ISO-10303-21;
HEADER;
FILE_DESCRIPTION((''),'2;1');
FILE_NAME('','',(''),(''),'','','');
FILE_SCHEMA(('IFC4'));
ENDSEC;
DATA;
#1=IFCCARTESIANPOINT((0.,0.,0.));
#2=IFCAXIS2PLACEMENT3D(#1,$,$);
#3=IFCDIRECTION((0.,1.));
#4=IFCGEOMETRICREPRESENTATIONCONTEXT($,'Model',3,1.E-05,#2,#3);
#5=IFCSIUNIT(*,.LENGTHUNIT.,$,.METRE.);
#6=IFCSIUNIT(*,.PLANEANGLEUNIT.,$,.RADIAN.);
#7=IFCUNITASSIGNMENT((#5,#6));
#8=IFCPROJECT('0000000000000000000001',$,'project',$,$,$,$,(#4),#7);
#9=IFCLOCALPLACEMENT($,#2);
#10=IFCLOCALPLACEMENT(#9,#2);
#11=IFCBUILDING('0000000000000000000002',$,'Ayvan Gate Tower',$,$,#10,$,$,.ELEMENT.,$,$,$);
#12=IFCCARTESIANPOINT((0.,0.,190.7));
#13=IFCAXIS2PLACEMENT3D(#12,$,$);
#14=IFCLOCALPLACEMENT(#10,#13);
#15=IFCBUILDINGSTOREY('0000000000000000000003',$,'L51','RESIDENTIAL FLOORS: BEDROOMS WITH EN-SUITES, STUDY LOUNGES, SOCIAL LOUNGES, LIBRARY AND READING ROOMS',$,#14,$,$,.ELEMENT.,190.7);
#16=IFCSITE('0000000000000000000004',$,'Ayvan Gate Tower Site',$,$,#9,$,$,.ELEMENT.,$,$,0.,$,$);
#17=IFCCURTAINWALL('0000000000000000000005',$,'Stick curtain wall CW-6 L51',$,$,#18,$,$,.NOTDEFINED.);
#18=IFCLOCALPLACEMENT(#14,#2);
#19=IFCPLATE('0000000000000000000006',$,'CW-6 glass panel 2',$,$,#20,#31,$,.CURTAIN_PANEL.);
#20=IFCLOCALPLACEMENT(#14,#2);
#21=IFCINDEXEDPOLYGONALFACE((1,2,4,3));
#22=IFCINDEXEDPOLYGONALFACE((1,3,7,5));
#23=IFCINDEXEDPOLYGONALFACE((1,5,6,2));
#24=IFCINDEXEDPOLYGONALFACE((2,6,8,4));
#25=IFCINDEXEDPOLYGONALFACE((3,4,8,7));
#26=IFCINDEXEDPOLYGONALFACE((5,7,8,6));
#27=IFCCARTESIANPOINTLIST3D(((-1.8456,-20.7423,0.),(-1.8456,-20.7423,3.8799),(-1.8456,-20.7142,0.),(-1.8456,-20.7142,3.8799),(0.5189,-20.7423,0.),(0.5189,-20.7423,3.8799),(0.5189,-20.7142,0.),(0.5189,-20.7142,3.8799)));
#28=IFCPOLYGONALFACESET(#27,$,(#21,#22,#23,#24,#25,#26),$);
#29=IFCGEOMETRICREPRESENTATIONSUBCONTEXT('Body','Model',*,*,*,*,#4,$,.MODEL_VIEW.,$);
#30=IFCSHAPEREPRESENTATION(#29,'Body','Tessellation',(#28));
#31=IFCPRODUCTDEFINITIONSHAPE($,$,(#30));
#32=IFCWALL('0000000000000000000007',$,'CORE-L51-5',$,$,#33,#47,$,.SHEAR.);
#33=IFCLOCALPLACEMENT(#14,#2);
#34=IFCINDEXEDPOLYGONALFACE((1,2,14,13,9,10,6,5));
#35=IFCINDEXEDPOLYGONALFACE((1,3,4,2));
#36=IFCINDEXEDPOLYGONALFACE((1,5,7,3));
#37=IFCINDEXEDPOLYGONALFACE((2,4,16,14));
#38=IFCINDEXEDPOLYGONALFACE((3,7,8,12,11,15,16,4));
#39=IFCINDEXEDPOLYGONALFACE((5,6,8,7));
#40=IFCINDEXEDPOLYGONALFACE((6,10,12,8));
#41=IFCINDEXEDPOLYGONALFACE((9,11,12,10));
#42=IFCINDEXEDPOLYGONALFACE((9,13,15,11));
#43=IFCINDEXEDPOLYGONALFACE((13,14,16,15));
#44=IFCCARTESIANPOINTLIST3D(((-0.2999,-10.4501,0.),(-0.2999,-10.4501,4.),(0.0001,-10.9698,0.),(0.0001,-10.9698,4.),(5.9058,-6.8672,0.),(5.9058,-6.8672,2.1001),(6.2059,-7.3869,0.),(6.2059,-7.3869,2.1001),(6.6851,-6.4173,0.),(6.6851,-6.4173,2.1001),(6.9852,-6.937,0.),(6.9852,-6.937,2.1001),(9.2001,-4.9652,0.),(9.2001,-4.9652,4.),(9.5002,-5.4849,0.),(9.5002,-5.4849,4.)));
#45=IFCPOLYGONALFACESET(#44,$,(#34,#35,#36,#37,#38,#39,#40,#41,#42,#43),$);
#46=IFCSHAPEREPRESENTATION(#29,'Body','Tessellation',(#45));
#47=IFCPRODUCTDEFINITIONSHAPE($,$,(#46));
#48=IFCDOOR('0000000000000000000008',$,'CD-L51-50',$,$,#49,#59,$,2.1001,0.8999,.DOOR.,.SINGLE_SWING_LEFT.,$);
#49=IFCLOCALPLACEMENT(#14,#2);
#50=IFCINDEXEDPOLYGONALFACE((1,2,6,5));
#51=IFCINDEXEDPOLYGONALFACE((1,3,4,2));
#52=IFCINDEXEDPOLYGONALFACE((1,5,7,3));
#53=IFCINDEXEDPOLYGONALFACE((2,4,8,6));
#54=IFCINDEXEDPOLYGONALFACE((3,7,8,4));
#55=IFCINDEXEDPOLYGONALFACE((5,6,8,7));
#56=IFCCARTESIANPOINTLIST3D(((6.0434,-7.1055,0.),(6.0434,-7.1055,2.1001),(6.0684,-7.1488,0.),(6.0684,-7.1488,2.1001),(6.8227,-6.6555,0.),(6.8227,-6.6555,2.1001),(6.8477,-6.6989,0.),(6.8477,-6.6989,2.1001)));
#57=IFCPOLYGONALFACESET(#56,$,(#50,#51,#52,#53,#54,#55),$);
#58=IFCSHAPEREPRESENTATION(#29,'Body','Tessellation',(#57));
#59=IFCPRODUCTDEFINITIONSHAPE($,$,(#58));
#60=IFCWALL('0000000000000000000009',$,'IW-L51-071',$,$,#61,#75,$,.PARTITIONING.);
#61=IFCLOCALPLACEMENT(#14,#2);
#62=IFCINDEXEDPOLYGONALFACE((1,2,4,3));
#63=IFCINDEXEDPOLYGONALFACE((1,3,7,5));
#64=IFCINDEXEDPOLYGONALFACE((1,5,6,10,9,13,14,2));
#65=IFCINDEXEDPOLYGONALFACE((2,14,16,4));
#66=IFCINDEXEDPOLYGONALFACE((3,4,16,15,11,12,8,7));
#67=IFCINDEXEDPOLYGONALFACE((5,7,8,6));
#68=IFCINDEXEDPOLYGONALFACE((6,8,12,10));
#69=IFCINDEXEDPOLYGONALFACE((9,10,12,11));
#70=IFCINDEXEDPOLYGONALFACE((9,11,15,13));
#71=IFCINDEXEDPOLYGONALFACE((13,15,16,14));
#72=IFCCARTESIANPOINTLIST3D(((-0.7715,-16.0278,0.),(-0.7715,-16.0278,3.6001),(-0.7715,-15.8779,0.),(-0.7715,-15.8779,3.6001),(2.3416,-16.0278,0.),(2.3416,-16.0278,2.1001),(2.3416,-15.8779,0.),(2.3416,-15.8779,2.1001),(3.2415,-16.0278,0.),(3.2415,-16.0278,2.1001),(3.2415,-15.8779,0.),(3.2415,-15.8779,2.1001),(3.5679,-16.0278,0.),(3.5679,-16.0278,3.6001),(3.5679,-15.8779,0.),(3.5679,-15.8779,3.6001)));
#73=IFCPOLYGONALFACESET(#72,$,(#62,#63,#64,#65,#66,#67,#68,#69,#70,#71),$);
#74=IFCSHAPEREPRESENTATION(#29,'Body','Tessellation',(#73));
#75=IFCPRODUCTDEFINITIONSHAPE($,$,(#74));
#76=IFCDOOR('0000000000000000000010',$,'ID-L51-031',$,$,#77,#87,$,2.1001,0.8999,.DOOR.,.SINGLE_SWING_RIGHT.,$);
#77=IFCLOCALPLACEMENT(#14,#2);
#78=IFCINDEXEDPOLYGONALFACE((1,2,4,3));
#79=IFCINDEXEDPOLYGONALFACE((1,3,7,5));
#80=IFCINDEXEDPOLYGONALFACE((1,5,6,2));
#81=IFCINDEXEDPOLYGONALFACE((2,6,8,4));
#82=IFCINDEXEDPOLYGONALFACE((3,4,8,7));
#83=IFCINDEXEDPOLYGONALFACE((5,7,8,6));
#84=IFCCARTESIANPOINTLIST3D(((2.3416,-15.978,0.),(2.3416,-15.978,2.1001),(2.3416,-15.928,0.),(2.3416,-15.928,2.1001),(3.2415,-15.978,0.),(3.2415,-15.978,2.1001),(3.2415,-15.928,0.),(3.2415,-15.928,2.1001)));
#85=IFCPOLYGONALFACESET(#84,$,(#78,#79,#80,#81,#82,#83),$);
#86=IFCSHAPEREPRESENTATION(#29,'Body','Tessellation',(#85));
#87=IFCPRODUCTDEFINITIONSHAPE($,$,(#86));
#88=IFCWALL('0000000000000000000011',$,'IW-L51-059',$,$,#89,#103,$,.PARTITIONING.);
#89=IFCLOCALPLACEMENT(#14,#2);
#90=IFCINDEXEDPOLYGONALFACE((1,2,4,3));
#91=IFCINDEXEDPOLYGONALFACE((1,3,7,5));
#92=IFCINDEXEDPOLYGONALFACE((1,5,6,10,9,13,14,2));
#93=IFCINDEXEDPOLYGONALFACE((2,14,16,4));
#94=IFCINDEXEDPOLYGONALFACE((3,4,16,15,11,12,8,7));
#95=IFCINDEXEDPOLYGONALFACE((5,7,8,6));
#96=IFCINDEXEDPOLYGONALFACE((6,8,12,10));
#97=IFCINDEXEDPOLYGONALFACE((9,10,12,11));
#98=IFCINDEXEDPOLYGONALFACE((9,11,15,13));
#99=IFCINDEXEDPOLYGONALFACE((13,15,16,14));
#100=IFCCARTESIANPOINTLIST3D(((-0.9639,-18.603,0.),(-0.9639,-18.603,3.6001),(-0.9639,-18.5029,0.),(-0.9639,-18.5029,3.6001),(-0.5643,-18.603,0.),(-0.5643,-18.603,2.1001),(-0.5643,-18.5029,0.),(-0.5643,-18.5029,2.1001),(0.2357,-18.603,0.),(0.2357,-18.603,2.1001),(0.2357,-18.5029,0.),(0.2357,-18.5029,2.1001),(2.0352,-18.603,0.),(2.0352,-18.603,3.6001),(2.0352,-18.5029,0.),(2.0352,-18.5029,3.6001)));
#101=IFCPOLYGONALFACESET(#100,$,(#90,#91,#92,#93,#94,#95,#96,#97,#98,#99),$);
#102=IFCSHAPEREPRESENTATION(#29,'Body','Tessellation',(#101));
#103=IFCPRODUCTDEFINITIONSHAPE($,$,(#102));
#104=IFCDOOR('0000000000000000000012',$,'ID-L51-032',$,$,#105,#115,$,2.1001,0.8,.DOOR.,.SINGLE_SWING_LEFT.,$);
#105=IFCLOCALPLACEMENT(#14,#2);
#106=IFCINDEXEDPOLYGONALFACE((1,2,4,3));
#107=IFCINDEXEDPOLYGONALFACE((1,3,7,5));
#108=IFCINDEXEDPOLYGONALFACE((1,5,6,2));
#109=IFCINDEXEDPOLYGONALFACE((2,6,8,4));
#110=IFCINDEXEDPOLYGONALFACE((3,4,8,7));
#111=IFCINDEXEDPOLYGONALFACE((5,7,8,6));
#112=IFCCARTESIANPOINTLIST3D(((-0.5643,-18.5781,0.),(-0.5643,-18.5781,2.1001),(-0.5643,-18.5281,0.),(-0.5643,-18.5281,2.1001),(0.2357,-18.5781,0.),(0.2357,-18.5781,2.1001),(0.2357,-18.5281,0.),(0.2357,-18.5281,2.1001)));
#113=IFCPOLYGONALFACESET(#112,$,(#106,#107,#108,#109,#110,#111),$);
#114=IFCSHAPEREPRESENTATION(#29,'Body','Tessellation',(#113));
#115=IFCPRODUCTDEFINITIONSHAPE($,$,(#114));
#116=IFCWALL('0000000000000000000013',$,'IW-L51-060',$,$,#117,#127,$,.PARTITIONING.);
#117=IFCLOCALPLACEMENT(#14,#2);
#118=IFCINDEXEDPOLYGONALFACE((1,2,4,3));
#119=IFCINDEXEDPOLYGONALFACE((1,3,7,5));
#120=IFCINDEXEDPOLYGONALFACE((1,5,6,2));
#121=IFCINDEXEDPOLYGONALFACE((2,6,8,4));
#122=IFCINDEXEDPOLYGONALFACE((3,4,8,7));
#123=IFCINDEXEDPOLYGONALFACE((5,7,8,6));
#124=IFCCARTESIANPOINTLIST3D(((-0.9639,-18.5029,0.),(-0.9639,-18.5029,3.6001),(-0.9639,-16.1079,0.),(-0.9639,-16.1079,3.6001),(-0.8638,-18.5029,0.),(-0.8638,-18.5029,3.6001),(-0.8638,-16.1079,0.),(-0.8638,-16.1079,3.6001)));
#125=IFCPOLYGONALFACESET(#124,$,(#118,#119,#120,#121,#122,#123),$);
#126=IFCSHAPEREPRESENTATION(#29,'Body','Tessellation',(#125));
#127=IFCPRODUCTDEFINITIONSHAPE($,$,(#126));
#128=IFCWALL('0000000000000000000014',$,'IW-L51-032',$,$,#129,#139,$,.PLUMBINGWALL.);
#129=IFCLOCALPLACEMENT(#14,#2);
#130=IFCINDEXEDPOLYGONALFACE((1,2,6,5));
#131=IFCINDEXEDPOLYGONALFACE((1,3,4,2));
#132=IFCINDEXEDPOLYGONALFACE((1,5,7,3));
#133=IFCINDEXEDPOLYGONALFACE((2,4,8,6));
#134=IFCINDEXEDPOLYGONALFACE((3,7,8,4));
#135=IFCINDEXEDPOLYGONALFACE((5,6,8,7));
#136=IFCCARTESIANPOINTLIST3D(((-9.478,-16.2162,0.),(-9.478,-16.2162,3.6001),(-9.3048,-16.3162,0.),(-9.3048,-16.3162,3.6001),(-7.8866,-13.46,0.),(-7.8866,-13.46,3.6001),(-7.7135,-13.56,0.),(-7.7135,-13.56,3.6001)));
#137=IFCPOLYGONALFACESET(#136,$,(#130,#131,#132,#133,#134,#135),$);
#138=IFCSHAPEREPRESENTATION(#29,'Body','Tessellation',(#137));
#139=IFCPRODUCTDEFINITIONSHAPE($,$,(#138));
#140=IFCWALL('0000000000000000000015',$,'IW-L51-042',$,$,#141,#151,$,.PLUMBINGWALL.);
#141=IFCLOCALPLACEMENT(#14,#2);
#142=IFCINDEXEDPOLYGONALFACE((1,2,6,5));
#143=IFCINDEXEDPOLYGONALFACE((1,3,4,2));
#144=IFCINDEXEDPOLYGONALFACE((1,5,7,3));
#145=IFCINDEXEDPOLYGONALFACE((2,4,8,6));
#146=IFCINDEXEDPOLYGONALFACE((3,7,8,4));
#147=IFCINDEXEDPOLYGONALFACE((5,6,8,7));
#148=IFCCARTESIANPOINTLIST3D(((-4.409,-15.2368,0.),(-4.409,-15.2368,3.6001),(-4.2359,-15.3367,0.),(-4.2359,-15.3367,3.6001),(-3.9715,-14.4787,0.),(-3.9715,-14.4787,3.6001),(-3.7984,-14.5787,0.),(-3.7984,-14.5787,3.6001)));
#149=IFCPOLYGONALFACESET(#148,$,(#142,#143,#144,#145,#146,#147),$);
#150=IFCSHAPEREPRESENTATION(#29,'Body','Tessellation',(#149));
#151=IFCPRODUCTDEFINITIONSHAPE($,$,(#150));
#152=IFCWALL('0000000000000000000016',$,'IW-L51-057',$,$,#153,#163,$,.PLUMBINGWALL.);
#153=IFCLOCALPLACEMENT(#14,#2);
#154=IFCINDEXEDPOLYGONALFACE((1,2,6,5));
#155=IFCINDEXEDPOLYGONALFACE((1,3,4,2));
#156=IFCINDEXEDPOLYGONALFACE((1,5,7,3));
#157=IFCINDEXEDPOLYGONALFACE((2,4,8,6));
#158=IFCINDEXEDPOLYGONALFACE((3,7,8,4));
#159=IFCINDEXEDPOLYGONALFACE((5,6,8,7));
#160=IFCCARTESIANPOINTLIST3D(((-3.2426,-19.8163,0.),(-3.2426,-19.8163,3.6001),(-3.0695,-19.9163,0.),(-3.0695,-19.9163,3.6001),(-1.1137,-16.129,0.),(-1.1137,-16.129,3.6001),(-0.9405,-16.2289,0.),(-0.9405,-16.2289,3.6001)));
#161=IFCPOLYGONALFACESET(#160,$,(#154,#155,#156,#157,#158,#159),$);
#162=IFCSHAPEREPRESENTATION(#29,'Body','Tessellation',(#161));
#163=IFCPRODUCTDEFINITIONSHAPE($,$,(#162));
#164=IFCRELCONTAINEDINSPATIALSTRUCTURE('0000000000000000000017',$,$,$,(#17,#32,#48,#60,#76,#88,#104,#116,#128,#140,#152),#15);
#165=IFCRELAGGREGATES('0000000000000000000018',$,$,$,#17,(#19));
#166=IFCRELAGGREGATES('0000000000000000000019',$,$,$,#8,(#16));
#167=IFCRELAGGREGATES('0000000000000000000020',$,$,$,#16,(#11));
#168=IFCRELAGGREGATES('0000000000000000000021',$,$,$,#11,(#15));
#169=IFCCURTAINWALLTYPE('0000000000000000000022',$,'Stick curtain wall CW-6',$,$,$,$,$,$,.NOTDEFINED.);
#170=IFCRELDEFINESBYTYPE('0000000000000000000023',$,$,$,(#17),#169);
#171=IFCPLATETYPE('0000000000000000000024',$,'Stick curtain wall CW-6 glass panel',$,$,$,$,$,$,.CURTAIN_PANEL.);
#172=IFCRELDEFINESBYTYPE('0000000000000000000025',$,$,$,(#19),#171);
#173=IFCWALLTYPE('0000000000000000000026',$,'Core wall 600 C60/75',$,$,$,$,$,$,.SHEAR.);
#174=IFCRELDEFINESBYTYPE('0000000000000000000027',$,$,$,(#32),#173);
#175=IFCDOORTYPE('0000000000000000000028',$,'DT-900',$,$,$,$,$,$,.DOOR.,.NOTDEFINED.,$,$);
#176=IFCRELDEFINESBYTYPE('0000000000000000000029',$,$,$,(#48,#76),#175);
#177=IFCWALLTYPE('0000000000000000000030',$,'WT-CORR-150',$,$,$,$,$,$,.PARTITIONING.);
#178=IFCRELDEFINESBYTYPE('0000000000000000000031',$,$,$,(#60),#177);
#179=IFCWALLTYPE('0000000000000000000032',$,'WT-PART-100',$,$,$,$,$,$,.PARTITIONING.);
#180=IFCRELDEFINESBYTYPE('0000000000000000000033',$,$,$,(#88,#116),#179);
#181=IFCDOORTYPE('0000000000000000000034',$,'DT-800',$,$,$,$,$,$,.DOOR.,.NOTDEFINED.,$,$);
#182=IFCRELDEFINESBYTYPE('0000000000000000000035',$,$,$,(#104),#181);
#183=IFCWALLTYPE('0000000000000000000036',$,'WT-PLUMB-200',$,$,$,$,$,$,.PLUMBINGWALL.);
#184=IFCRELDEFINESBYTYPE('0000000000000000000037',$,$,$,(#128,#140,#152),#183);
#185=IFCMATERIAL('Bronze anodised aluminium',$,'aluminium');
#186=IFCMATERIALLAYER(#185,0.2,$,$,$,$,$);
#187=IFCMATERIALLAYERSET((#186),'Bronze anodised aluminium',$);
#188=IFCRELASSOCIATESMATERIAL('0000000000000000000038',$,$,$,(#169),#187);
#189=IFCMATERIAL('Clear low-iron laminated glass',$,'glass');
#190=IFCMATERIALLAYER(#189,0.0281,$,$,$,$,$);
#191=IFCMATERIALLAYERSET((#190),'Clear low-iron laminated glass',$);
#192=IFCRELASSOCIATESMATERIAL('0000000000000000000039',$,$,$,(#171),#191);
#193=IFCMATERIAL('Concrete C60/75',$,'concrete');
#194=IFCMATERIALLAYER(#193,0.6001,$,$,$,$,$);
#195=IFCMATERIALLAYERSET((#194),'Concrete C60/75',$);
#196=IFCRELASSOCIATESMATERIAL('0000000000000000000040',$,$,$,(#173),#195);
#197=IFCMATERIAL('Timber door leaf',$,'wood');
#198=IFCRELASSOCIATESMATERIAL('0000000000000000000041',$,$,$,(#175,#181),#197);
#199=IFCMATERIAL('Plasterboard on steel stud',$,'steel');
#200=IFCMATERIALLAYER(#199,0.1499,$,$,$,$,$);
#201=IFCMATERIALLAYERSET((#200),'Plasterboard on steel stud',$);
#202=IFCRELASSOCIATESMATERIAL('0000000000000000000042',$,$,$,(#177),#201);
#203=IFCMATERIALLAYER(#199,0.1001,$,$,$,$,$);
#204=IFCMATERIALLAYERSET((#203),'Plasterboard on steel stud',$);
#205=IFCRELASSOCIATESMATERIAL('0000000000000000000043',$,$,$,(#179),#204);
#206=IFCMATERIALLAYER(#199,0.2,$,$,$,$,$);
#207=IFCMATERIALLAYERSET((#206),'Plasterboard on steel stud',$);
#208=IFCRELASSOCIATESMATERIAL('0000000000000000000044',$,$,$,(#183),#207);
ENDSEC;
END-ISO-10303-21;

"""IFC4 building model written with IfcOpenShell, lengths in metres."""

from ifc_helpers import new_model, si_unit, direction, frame, frame_2d, origin, origin_2d, place, context, subcontext, project, spatial, rectangle, extrude, material, layer, layer_set, type_object, element, fill, aggregate, save


model = new_model("IFC4")

# Units and contexts
model_context = context("Model", 3, precision=1e-05, world=origin(), true_north=direction((0.0, 1.0)))
body_context = subcontext(model_context, "Body", "Model", "MODEL_VIEW")
ifc_project = project(units=[si_unit("LENGTHUNIT", "METRE"), si_unit("PLANEANGLEUNIT", "RADIAN")], contexts=[model_context])

# Site, building, storey
site_placement = place(None, origin())
site = spatial("IfcSite", under=ifc_project, at=site_placement, Name="Ayvan Gate Tower Site", CompositionType="ELEMENT", RefElevation=0.0)
building_placement = place(site_placement, origin())
building = spatial("IfcBuilding", under=site, at=building_placement, Name="Ayvan Gate Tower", CompositionType="ELEMENT")
storey_placement = place(building_placement, frame((0.0, 0.0, 190.7)))
storey = spatial("IfcBuildingStorey", under=building, at=storey_placement, Name="L51", Description="RESIDENTIAL FLOORS: BEDROOMS WITH EN-SUITES, STUDY LOUNGES, SOCIAL LOUNGES, LIBRARY AND READING ROOMS", CompositionType="ELEMENT", Elevation=190.7)

# Curtain wall
ifc_material_1 = material(Name="Bronze anodised aluminium", Category="aluminium")
ifc_layer_1 = layer(ifc_material_1, 0.2)
ifc_layer_set_1 = layer_set([ifc_layer_1], Name="Bronze anodised aluminium")
curtain_wall_type_1 = type_object("IfcCurtainWallType", Name="Stick curtain wall CW-6", PredefinedType="NOTDEFINED", material=ifc_layer_set_1)
curtain_wall_1_placement = place(storey_placement, origin())
curtain_wall_1 = element("IfcCurtainWall", 1, at=curtain_wall_1_placement, inside=storey, type_object=curtain_wall_type_1, Name="Stick curtain wall CW-6 L51", PredefinedType="NOTDEFINED")

# Plate
ifc_material_2 = material(Name="Clear low-iron laminated glass", Category="glass")
ifc_layer_2 = layer(ifc_material_2, 0.0281)
ifc_layer_set_2 = layer_set([ifc_layer_2], Name="Clear low-iron laminated glass")
plate_type_1 = type_object("IfcPlateType", Name="Stick curtain wall CW-6 glass panel", PredefinedType="CURTAIN_PANEL", material=ifc_layer_set_2)
plate_1_placement = place(storey_placement, frame((-0.6633, -20.7283, 0.0), z_axis=(0.0, 0.0, 1.0), x_axis=(1.0, 0.0, 0.0)))
plate_1 = element("IfcPlate", 2, at=plate_1_placement, type_object=plate_type_1, Name="CW-6 glass panel 2", PredefinedType="CURTAIN_PANEL", context=body_context, shape_type="SweptSolid", body=[
    extrude(rectangle(XDim=2.3645, YDim=0.0281, at=origin_2d()), origin(), (0.0, 0.0, 1.0), 3.8799),
])
aggregate(curtain_wall_1, [plate_1])

# Walls, openings, doors
ifc_material_3 = material(Name="Concrete C60/75", Category="concrete")
ifc_layer_3 = layer(ifc_material_3, 0.6001)
ifc_layer_set_3 = layer_set([ifc_layer_3], Name="Concrete C60/75")
wall_type_1 = type_object("IfcWallType", Name="Core wall 600 C60/75", PredefinedType="SHEAR", material=ifc_layer_set_3)
wall_1_placement = place(storey_placement, frame((-0.1499, -10.71, 0.0), z_axis=(0.0, 0.0, 1.0), x_axis=(0.866024, 0.500002, 0.0)))
wall_1 = element("IfcWall", 3, at=wall_1_placement, inside=storey, type_object=wall_type_1, Name="CORE-L51-5", PredefinedType="SHEAR", context=body_context, shape_type="SweptSolid", body=[
    extrude(rectangle(XDim=10.9697, YDim=0.6001, at=frame_2d((5.4849, 0.0))), origin(), (0.0, 0.0, 1.0), 4.0),
])
opening_1_placement = place(wall_1_placement, frame((7.1658, 0.0, 0.0)))
opening_1 = element("IfcOpeningElement", 4, at=opening_1_placement, cuts=wall_1, PredefinedType="OPENING", context=body_context, shape_type="SweptSolid", body=[
    extrude(rectangle(XDim=0.8999, YDim=2.1001, at=frame_2d((0.45, 1.05))), frame((0.0, 0.3101, 0.0), z_axis=(0.0, -1.0, 0.0), x_axis=(1.0, 0.0, 0.0)), (0.0, 0.0, 1.0), 0.6201),
])
ifc_material_4 = material(Name="Timber door leaf", Category="wood")
door_type_1 = type_object("IfcDoorType", Name="DT-900", OperationType="NOTDEFINED", PredefinedType="DOOR", material=ifc_material_4)
door_1_placement = place(opening_1_placement, origin())
door_1 = element("IfcDoor", 5, at=door_1_placement, inside=storey, type_object=door_type_1, Name="CD-L51-50", OperationType="SINGLE_SWING_LEFT", OverallHeight=2.1001, OverallWidth=0.8999, PredefinedType="DOOR", context=body_context, shape_type="SweptSolid", body=[
    extrude(rectangle(XDim=0.8999, YDim=2.1001, at=frame_2d((0.45, 1.05))), frame((0.0, 0.0249, 0.0), z_axis=(0.0, -1.0, 0.0), x_axis=(1.0, 0.0, 0.0)), (0.0, 0.0, 1.0), 0.05),
])
fill(opening_1, door_1)
ifc_material_5 = material(Name="Plasterboard on steel stud", Category="steel")
ifc_layer_4 = layer(ifc_material_5, 0.1499)
ifc_layer_set_4 = layer_set([ifc_layer_4], Name="Plasterboard on steel stud")
wall_type_2 = type_object("IfcWallType", Name="WT-CORR-150", PredefinedType="PARTITIONING", material=ifc_layer_set_4)
wall_2_placement = place(storey_placement, frame((-0.7715, -15.9529, 0.0), z_axis=(0.0, 0.0, 1.0), x_axis=(1.0, 0.0, 0.0)))
wall_2 = element("IfcWall", 6, at=wall_2_placement, inside=storey, type_object=wall_type_2, Name="IW-L51-071", PredefinedType="PARTITIONING", context=body_context, shape_type="SweptSolid", body=[
    extrude(rectangle(XDim=4.3394, YDim=0.1499, at=frame_2d((2.1697, 0.0))), origin(), (0.0, 0.0, 1.0), 3.6001),
])
opening_2_placement = place(wall_2_placement, frame((3.113, 0.0, 0.0)))
opening_2 = element("IfcOpeningElement", 7, at=opening_2_placement, cuts=wall_2, PredefinedType="OPENING", context=body_context, shape_type="SweptSolid", body=[
    extrude(rectangle(XDim=0.8999, YDim=2.1001, at=frame_2d((0.45, 1.05))), frame((0.0, 0.085, 0.0), z_axis=(0.0, -1.0, 0.0), x_axis=(1.0, 0.0, 0.0)), (0.0, 0.0, 1.0), 0.1699),
])
door_2_placement = place(opening_2_placement, origin())
door_2 = element("IfcDoor", 8, at=door_2_placement, inside=storey, type_object=door_type_1, Name="ID-L51-031", OperationType="SINGLE_SWING_RIGHT", OverallHeight=2.1001, OverallWidth=0.8999, PredefinedType="DOOR", context=body_context, shape_type="SweptSolid", body=[
    extrude(rectangle(XDim=0.8999, YDim=2.1001, at=frame_2d((0.45, 1.05))), frame((0.0, 0.0249, 0.0), z_axis=(0.0, -1.0, 0.0), x_axis=(1.0, 0.0, 0.0)), (0.0, 0.0, 1.0), 0.05),
])
fill(opening_2, door_2)
ifc_layer_5 = layer(ifc_material_5, 0.1001)
ifc_layer_set_5 = layer_set([ifc_layer_5], Name="Plasterboard on steel stud")
wall_type_3 = type_object("IfcWallType", Name="WT-PART-100", PredefinedType="PARTITIONING", material=ifc_layer_set_5)
wall_3_placement = place(storey_placement, frame((-0.9639, -18.553, 0.0), z_axis=(0.0, 0.0, 1.0), x_axis=(1.0, 0.0, 0.0)))
wall_3 = element("IfcWall", 9, at=wall_3_placement, inside=storey, type_object=wall_type_3, Name="IW-L51-059", PredefinedType="PARTITIONING", context=body_context, shape_type="SweptSolid", body=[
    extrude(rectangle(XDim=2.999, YDim=0.1001, at=frame_2d((1.4995, 0.0))), origin(), (0.0, 0.0, 1.0), 3.6001),
])
opening_3_placement = place(wall_3_placement, frame((0.3997, 0.0, 0.0)))
opening_3 = element("IfcOpeningElement", 10, at=opening_3_placement, cuts=wall_3, PredefinedType="OPENING", context=body_context, shape_type="SweptSolid", body=[
    extrude(rectangle(XDim=0.8, YDim=2.1001, at=frame_2d((0.3999, 1.05))), frame((0.0, 0.0601, 0.0), z_axis=(0.0, -1.0, 0.0), x_axis=(1.0, 0.0, 0.0)), (0.0, 0.0, 1.0), 0.1201),
])
door_type_2 = type_object("IfcDoorType", Name="DT-800", OperationType="NOTDEFINED", PredefinedType="DOOR", material=ifc_material_4)
door_3_placement = place(opening_3_placement, origin())
door_3 = element("IfcDoor", 11, at=door_3_placement, inside=storey, type_object=door_type_2, Name="ID-L51-032", OperationType="SINGLE_SWING_LEFT", OverallHeight=2.1001, OverallWidth=0.8, PredefinedType="DOOR", context=body_context, shape_type="SweptSolid", body=[
    extrude(rectangle(XDim=0.8, YDim=2.1001, at=frame_2d((0.3999, 1.05))), frame((0.0, 0.0249, 0.0), z_axis=(0.0, -1.0, 0.0), x_axis=(1.0, 0.0, 0.0)), (0.0, 0.0, 1.0), 0.05),
])
fill(opening_3, door_3)

# Walls
wall_4_placement = place(storey_placement, frame((-0.9138, -16.1079, 0.0), z_axis=(0.0, 0.0, 1.0), x_axis=(0.0, -1.0, 0.0)))
element("IfcWall", 12, at=wall_4_placement, inside=storey, type_object=wall_type_3, Name="IW-L51-060", PredefinedType="PARTITIONING", context=body_context, shape_type="SweptSolid", body=[
    extrude(rectangle(XDim=2.395, YDim=0.1001, at=frame_2d((1.1975, 0.0))), origin(), (0.0, 0.0, 1.0), 3.6001),
])
ifc_layer_6 = layer(ifc_material_5, 0.2)
ifc_layer_set_6 = layer_set([ifc_layer_6], Name="Plasterboard on steel stud")
wall_type_4 = type_object("IfcWallType", Name="WT-PLUMB-200", PredefinedType="PLUMBINGWALL", material=ifc_layer_set_6)
wall_5_placement = place(storey_placement, frame((-7.8, -13.51, 0.0), z_axis=(0.0, 0.0, 1.0), x_axis=(-0.500017, -0.866016, 0.0)))
element("IfcWall", 13, at=wall_5_placement, inside=storey, type_object=wall_type_4, Name="IW-L51-032", PredefinedType="PLUMBINGWALL", context=body_context, shape_type="SweptSolid", body=[
    extrude(rectangle(XDim=3.1826, YDim=0.2, at=frame_2d((1.5913, 0.0))), origin(), (0.0, 0.0, 1.0), 3.6001),
])
wall_6_placement = place(storey_placement, frame((-3.885, -14.5288, 0.0), z_axis=(0.0, 0.0, 1.0), x_axis=(-0.499859, -0.866107, 0.0)))
element("IfcWall", 14, at=wall_6_placement, inside=storey, type_object=wall_type_4, Name="IW-L51-042", PredefinedType="PLUMBINGWALL", context=body_context, shape_type="SweptSolid", body=[
    extrude(rectangle(XDim=0.8752, YDim=0.2, at=frame_2d((0.4375, 0.0))), origin(), (0.0, 0.0, 1.0), 3.6001),
])
wall_7_placement = place(storey_placement, frame((-1.0271, -16.179, 0.0), z_axis=(0.0, 0.0, 1.0), x_axis=(-0.500012, -0.866018, 0.0)))
element("IfcWall", 15, at=wall_7_placement, inside=storey, type_object=wall_type_4, Name="IW-L51-057", PredefinedType="PLUMBINGWALL", context=body_context, shape_type="SweptSolid", body=[
    extrude(rectangle(XDim=4.2578, YDim=0.2, at=frame_2d((2.1289, 0.0))), origin(), (0.0, 0.0, 1.0), 3.6001),
])

save(model, "model.ifc")
